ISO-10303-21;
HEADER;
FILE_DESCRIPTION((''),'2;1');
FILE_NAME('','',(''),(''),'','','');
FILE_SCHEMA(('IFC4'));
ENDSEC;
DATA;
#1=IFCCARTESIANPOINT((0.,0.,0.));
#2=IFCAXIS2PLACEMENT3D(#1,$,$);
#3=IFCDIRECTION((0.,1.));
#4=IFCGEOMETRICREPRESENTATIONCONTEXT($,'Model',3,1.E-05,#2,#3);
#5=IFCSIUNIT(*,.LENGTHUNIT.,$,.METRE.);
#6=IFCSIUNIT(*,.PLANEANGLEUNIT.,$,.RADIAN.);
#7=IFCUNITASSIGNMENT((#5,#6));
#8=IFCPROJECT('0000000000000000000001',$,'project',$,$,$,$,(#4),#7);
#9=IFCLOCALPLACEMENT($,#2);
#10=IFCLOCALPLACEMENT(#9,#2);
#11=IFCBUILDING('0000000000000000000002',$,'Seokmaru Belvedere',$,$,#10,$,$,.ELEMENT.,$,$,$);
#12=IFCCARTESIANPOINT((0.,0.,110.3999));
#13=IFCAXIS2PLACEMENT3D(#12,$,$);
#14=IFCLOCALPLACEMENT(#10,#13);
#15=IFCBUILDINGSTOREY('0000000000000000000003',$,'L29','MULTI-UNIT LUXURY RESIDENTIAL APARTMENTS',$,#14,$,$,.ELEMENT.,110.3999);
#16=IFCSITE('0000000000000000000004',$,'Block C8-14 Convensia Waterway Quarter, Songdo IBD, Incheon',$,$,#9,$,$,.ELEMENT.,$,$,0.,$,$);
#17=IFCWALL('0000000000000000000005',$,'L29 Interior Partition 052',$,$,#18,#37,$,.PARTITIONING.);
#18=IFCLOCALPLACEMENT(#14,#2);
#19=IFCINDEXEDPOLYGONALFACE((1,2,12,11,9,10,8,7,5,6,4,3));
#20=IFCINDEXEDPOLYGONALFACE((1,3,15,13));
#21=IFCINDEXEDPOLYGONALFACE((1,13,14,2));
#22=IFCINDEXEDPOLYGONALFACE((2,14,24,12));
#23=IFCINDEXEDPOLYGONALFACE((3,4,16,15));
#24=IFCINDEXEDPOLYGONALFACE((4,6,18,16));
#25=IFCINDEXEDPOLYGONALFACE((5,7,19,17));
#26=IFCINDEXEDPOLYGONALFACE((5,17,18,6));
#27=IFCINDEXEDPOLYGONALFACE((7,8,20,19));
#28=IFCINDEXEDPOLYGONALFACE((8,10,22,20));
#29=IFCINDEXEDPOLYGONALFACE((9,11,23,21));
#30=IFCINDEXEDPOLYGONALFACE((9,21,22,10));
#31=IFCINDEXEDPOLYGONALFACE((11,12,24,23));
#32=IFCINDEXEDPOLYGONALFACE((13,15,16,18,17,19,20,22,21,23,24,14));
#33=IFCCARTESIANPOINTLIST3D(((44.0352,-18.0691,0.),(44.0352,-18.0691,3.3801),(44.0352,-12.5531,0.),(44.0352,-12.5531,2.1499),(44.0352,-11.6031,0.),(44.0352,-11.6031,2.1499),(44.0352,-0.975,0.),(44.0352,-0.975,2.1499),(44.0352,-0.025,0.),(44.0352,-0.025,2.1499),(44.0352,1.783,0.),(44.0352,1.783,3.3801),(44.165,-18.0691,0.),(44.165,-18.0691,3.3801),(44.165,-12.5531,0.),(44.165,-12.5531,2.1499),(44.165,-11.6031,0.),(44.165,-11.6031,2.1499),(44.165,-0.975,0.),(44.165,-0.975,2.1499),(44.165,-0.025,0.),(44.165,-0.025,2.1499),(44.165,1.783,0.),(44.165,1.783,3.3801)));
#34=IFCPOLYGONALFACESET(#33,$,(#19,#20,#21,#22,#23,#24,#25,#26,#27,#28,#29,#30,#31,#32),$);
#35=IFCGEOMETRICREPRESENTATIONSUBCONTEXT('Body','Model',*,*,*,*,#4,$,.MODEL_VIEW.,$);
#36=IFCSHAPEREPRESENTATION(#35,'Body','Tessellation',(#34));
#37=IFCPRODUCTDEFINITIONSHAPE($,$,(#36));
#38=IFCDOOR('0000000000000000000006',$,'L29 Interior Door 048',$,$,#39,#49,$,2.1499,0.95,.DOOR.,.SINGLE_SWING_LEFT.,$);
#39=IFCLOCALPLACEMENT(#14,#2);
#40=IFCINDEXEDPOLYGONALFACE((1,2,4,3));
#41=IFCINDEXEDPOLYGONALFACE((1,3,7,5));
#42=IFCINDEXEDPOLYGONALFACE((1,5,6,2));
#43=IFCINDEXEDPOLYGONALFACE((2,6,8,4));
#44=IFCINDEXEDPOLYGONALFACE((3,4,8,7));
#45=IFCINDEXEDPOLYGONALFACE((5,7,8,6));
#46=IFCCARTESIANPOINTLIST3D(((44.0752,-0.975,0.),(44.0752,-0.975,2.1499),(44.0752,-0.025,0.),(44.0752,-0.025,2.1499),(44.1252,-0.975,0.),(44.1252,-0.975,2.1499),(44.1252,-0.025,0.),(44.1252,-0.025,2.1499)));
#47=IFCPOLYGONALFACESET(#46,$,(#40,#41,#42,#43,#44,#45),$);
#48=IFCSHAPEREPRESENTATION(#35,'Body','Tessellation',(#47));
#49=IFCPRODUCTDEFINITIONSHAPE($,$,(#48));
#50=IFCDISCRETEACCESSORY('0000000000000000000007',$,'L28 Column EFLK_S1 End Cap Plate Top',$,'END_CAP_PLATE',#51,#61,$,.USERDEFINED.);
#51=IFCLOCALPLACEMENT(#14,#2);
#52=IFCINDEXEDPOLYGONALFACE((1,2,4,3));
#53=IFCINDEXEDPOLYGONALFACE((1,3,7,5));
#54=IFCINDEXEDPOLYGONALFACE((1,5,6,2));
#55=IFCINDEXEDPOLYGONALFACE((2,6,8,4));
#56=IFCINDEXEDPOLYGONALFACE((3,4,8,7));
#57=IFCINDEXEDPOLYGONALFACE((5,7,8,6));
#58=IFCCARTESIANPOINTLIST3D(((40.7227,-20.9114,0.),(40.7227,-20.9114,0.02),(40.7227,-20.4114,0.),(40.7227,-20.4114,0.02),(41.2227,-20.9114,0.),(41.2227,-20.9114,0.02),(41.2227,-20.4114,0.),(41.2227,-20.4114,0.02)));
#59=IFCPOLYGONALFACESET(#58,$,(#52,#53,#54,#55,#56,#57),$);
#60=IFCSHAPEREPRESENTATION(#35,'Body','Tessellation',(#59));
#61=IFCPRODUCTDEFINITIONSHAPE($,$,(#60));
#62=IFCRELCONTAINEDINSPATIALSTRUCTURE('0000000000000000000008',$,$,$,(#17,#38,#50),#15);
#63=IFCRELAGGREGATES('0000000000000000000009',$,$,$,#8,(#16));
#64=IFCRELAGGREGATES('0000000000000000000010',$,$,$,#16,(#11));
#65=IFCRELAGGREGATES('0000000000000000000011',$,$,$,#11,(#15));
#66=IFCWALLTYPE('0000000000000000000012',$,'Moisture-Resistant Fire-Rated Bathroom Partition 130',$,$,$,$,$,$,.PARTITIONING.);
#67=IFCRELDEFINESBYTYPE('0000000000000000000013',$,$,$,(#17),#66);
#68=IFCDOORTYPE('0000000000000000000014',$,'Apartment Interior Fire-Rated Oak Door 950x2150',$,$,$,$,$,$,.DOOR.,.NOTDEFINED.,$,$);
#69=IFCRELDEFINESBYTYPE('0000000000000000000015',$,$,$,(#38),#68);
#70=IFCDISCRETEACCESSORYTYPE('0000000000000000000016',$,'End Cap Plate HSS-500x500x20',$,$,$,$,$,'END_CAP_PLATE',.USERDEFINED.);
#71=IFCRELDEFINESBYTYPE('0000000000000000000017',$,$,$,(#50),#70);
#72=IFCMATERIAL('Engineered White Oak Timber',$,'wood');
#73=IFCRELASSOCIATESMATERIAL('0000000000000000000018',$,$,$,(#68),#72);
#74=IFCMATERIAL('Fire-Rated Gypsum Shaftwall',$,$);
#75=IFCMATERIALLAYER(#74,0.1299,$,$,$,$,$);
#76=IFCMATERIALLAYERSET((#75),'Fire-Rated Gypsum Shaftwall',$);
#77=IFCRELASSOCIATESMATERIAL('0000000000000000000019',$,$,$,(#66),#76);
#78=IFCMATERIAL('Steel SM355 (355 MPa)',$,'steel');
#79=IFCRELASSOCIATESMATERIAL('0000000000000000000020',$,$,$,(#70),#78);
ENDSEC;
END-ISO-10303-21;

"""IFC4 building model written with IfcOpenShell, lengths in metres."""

from ifc_helpers import new_model, si_unit, direction, frame, frame_2d, origin, origin_2d, place, context, subcontext, project, spatial, rectangle, extrude, source, transform, mapped, material, layer, layer_set, type_object, type_shapes, element, fill, save


model = new_model("IFC4")

# Units and contexts
model_context = context("Model", 3, precision=1e-05, world=origin(), true_north=direction((0.0, 1.0)))
body_context = subcontext(model_context, "Body", "Model", "MODEL_VIEW")
ifc_project = project(units=[si_unit("LENGTHUNIT", "METRE"), si_unit("PLANEANGLEUNIT", "RADIAN")], contexts=[model_context])

# Site, building, storey
site_placement = place(None, origin())
site = spatial("IfcSite", under=ifc_project, at=site_placement, Name="Block C8-14 Convensia Waterway Quarter, Songdo IBD, Incheon", CompositionType="ELEMENT", RefElevation=0.0)
building_placement = place(site_placement, origin())
building = spatial("IfcBuilding", under=site, at=building_placement, Name="Seokmaru Belvedere", CompositionType="ELEMENT")
storey_placement = place(building_placement, frame((0.0, 0.0, 110.3999)))
storey = spatial("IfcBuildingStorey", under=building, at=storey_placement, Name="L29", Description="MULTI-UNIT LUXURY RESIDENTIAL APARTMENTS", CompositionType="ELEMENT", Elevation=110.3999)

# Shared definitions
ifc_material_1 = material(Name="Steel SM355 (355 MPa)", Category="steel")

# Shared definitions
ifc_material_2 = material(Name="Fire-Rated Gypsum Shaftwall")
ifc_material_3 = material(Name="Engineered White Oak Timber", Category="wood")
door_type_1 = type_object("IfcDoorType", Name="Apartment Interior Fire-Rated Oak Door 950x2150", OperationType="NOTDEFINED", PredefinedType="DOOR", material=ifc_material_3)
shared_shape_1 = source(origin(), body_context, "Body", "SweptSolid", [
    extrude(rectangle(XDim=0.95, YDim=2.1499, at=frame_2d((0.4751, 1.075))), frame((0.0, 0.0249, 0.0), z_axis=(0.0, -1.0, 0.0), x_axis=(1.0, 0.0, 0.0)), (0.0, 0.0, 1.0), 0.05),
])
type_shapes(door_type_1, [shared_shape_1])

# Wall, openings, door
ifc_layer_1 = layer(ifc_material_2, 0.1299)
ifc_layer_set_1 = layer_set([ifc_layer_1], Name="Fire-Rated Gypsum Shaftwall")
wall_type_1 = type_object("IfcWallType", Name="Moisture-Resistant Fire-Rated Bathroom Partition 130", PredefinedType="PARTITIONING", material=ifc_layer_set_1)
wall_1_placement = place(storey_placement, frame((44.1001, -18.0691, 0.0), z_axis=(0.0, 0.0, 1.0), x_axis=(0.0, 1.0, 0.0)))
wall_1 = element("IfcWall", 1, at=wall_1_placement, inside=storey, type_object=wall_type_1, Name="L29 Interior Partition 052", PredefinedType="PARTITIONING", context=body_context, shape_type="SweptSolid", body=[
    extrude(rectangle(XDim=19.8521, YDim=0.1299, at=frame_2d((9.926, 0.0))), origin(), (0.0, 0.0, 1.0), 3.3801),
])
opening_1_placement = place(wall_1_placement, frame((5.5159, 0.0, 0.0)))
element("IfcOpeningElement", 2, at=opening_1_placement, cuts=wall_1, PredefinedType="OPENING", context=body_context, shape_type="SweptSolid", body=[
    extrude(rectangle(XDim=0.95, YDim=2.1499, at=frame_2d((0.4751, 1.075))), frame((0.0, 0.075, 0.0), z_axis=(0.0, -1.0, 0.0), x_axis=(1.0, 0.0, 0.0)), (0.0, 0.0, 1.0), 0.1499),
])
opening_2_placement = place(wall_1_placement, frame((17.094, 0.0, 0.0)))
opening_2 = element("IfcOpeningElement", 3, at=opening_2_placement, cuts=wall_1, PredefinedType="OPENING", context=body_context, shape_type="SweptSolid", body=[
    extrude(rectangle(XDim=0.95, YDim=2.1499, at=frame_2d((0.4751, 1.075))), frame((0.0, 0.075, 0.0), z_axis=(0.0, -1.0, 0.0), x_axis=(1.0, 0.0, 0.0)), (0.0, 0.0, 1.0), 0.1499),
])
door_1_placement = place(opening_2_placement, origin())
door_1 = element("IfcDoor", 4, at=door_1_placement, inside=storey, type_object=door_type_1, Name="L29 Interior Door 048", OperationType="SINGLE_SWING_LEFT", OverallHeight=2.1499, OverallWidth=0.95, PredefinedType="DOOR", context=body_context, shape_type="MappedRepresentation", body=[
    mapped(shared_shape_1, transform((0.0, 0.0, 0.0), scale=1.0)),
])
fill(opening_2, door_1)

# Discrete accessory
discrete_accessory_type = type_object("IfcDiscreteAccessoryType", Name="End Cap Plate HSS-500x500x20", ElementType="END_CAP_PLATE", PredefinedType="USERDEFINED", material=ifc_material_1)
shared_shape_2 = source(origin(), body_context, "Body", "SweptSolid", [
    extrude(rectangle(XDim=0.5, YDim=0.5, at=origin_2d()), origin(), (0.0, 0.0, 1.0), 0.02),
])
type_shapes(discrete_accessory_type, [shared_shape_2])
discrete_accessory_placement = place(storey_placement, frame((40.9727, -20.6614, 0.0), z_axis=(0.0, 0.0, 1.0), x_axis=(1.0, 0.0, 0.0)))
element("IfcDiscreteAccessory", 5, at=discrete_accessory_placement, inside=storey, type_object=discrete_accessory_type, Name="L28 Column EFLK_S1 End Cap Plate Top", ObjectType="END_CAP_PLATE", PredefinedType="USERDEFINED", context=body_context, shape_type="MappedRepresentation", body=[
    mapped(shared_shape_2, transform((0.0, 0.0, 0.0), scale=1.0)),
])

save(model, "model.ifc")
